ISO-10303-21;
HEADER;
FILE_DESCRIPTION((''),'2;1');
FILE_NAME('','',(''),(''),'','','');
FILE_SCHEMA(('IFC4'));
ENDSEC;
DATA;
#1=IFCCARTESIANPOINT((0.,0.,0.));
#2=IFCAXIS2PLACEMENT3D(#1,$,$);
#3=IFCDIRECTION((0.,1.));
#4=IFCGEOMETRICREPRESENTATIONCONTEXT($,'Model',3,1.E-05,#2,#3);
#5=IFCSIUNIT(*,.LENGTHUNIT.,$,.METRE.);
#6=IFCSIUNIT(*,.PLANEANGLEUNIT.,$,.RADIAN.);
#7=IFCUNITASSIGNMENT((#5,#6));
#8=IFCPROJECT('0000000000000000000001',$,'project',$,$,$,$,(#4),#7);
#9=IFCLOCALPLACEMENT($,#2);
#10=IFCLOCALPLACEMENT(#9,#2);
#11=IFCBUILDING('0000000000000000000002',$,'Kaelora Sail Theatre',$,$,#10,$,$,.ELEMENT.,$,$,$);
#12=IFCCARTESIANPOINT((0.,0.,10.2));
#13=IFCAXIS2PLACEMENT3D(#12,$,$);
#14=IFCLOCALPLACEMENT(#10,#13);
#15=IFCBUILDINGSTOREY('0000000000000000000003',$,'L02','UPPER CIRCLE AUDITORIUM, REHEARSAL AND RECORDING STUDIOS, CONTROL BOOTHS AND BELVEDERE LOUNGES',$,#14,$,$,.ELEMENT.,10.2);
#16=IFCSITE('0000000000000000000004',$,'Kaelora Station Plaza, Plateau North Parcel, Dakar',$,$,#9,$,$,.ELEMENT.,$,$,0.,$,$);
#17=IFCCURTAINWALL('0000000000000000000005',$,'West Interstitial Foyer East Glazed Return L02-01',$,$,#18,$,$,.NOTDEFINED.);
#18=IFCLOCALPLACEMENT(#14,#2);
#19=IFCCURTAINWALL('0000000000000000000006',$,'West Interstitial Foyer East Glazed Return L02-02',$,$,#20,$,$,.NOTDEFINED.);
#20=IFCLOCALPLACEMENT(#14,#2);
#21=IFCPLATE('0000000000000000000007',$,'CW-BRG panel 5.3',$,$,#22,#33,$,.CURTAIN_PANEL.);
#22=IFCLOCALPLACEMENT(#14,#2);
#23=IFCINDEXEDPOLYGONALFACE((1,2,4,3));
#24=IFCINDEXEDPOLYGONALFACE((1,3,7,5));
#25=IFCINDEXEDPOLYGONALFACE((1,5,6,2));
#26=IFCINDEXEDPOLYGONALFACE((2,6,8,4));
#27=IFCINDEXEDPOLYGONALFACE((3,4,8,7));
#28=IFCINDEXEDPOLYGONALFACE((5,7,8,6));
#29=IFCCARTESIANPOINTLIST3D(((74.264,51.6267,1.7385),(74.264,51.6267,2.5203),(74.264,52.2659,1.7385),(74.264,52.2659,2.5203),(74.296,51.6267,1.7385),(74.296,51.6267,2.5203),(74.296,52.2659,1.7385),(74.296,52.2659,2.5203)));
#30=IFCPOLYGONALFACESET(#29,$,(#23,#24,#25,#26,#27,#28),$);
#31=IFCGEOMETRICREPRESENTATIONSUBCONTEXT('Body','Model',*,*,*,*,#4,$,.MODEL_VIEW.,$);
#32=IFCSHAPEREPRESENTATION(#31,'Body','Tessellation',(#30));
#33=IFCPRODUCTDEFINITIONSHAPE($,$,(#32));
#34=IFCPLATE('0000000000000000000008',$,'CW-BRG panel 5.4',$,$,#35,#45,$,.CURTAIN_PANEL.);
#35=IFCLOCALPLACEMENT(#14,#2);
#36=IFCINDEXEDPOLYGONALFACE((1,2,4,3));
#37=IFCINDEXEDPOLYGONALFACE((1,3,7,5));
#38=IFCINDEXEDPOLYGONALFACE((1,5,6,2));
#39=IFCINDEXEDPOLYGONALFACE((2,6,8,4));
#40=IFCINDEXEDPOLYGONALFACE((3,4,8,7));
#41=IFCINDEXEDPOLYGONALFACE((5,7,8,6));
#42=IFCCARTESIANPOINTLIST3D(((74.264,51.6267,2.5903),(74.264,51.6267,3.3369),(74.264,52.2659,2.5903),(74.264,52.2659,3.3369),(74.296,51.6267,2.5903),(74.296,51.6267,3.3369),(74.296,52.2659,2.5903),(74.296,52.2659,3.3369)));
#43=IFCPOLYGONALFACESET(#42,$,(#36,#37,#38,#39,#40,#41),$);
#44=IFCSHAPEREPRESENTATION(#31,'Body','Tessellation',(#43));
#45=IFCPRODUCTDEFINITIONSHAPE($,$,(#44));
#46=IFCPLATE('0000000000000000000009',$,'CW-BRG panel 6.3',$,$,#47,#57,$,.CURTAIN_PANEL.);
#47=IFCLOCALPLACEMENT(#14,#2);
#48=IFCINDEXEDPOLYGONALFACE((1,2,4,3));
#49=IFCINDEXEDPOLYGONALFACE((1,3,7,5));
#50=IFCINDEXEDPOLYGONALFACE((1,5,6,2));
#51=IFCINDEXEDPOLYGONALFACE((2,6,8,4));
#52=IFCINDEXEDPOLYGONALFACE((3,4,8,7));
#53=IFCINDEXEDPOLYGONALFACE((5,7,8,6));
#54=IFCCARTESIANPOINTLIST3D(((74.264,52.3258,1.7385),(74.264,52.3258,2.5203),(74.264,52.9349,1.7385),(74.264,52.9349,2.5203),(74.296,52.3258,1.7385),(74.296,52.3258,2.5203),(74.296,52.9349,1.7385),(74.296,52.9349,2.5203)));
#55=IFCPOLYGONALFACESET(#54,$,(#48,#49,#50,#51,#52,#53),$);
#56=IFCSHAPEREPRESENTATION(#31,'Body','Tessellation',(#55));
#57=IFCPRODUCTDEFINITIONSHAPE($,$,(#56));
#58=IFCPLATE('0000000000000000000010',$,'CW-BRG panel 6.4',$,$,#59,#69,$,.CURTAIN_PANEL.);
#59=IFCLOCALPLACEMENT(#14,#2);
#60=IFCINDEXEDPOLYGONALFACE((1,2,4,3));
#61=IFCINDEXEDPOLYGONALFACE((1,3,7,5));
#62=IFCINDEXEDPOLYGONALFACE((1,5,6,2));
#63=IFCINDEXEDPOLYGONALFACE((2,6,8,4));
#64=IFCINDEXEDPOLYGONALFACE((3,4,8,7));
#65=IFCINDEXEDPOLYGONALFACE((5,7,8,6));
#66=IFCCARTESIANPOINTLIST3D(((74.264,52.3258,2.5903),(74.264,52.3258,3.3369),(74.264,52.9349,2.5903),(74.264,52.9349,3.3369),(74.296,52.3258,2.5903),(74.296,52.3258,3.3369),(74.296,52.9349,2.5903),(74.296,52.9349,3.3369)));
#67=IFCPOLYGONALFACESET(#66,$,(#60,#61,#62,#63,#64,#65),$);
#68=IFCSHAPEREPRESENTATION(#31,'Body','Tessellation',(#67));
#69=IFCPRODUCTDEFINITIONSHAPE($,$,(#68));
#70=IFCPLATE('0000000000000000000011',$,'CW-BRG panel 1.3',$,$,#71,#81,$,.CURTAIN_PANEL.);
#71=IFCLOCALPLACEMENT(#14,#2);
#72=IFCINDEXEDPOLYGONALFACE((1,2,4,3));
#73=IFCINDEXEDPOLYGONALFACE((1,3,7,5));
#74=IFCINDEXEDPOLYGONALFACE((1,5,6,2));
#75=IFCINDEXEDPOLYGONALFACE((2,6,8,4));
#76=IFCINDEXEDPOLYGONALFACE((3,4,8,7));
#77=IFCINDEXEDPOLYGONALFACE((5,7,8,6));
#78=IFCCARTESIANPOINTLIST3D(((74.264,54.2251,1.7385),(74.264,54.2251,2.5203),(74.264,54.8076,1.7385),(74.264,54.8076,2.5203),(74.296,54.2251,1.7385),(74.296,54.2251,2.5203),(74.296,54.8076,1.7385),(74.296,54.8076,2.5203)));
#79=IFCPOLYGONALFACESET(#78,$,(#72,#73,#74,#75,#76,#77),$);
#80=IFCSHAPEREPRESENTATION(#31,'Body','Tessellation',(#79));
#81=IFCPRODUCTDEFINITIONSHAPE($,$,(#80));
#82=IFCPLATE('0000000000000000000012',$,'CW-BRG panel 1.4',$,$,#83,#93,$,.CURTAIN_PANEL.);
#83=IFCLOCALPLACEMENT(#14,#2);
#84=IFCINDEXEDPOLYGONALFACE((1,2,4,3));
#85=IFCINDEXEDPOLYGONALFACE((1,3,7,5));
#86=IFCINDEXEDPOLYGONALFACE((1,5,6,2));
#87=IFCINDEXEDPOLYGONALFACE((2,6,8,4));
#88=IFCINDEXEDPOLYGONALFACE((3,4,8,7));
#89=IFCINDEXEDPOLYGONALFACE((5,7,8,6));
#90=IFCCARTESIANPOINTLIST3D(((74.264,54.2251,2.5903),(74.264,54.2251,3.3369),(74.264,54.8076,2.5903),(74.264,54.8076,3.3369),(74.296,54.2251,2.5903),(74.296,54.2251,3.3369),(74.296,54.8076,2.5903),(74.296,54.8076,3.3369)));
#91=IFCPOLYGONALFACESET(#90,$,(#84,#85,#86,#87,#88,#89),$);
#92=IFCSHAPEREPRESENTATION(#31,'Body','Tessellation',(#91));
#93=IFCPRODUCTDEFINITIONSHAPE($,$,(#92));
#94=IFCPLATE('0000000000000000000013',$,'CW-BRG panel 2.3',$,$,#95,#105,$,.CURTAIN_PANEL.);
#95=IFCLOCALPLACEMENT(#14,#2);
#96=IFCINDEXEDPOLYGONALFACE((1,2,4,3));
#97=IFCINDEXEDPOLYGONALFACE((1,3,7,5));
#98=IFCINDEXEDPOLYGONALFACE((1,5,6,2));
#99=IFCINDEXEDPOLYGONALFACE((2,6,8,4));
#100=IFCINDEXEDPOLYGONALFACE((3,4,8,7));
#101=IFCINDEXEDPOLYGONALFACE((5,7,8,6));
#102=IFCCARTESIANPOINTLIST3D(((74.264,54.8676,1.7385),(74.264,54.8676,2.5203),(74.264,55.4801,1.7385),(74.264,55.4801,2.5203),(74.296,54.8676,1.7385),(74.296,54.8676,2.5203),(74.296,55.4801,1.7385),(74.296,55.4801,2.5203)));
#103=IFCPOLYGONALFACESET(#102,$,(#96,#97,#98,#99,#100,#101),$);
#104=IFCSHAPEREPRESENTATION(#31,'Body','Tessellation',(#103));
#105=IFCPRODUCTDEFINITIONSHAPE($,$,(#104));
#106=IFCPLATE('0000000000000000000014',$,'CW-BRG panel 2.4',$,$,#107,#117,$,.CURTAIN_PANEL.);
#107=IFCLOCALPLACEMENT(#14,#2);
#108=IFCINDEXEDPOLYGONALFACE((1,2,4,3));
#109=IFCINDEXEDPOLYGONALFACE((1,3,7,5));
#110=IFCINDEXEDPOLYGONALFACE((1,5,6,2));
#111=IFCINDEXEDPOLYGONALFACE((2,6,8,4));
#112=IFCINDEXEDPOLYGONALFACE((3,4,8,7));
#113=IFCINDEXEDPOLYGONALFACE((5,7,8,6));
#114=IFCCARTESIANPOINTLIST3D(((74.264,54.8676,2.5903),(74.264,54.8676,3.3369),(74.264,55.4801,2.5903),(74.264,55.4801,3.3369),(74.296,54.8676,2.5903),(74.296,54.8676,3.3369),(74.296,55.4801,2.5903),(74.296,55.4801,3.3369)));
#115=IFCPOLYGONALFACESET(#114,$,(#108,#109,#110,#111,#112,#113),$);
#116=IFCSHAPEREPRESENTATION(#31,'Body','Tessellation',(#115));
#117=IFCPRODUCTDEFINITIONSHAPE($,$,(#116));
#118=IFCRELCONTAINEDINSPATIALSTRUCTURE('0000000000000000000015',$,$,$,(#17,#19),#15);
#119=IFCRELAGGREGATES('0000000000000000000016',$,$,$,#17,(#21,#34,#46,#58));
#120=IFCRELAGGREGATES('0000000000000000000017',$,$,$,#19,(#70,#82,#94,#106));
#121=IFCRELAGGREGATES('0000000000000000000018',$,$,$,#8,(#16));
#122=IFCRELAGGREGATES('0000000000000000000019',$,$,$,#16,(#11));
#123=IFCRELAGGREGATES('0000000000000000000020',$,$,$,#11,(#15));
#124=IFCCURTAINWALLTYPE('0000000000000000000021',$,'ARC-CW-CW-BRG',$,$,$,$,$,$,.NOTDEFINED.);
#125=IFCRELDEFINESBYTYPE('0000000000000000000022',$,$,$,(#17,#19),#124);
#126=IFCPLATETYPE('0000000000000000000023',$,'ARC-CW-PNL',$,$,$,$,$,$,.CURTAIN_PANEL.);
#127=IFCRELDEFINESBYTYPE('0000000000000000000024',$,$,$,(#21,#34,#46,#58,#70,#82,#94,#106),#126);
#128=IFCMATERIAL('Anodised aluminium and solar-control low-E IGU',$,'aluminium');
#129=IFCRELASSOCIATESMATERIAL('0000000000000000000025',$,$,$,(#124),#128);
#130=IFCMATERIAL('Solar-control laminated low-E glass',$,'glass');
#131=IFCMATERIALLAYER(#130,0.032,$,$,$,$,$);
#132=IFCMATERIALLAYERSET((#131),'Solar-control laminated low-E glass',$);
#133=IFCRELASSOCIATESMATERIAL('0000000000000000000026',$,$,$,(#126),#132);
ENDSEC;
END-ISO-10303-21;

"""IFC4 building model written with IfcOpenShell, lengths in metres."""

from ifc_helpers import new_model, si_unit, direction, frame, origin, origin_2d, place, context, subcontext, project, spatial, rectangle, extrude, material, layer, layer_set, type_object, element, aggregate, save


model = new_model("IFC4")

# Units and contexts
model_context = context("Model", 3, precision=1e-05, world=origin(), true_north=direction((0.0, 1.0)))
body_context = subcontext(model_context, "Body", "Model", "MODEL_VIEW")
ifc_project = project(units=[si_unit("LENGTHUNIT", "METRE"), si_unit("PLANEANGLEUNIT", "RADIAN")], contexts=[model_context])

# Site, building, storey
site_placement = place(None, origin())
site = spatial("IfcSite", under=ifc_project, at=site_placement, Name="Kaelora Station Plaza, Plateau North Parcel, Dakar", CompositionType="ELEMENT", RefElevation=0.0)
building_placement = place(site_placement, origin())
building = spatial("IfcBuilding", under=site, at=building_placement, Name="Kaelora Sail Theatre", CompositionType="ELEMENT")
storey_placement = place(building_placement, frame((0.0, 0.0, 10.2)))
storey = spatial("IfcBuildingStorey", under=building, at=storey_placement, Name="L02", Description="UPPER CIRCLE AUDITORIUM, REHEARSAL AND RECORDING STUDIOS, CONTROL BOOTHS AND BELVEDERE LOUNGES", CompositionType="ELEMENT", Elevation=10.2)

# Curtain walls
ifc_material_1 = material(Name="Anodised aluminium and solar-control low-E IGU", Category="aluminium")
curtain_wall_type = type_object("IfcCurtainWallType", Name="ARC-CW-CW-BRG", PredefinedType="NOTDEFINED", material=ifc_material_1)
curtain_wall_1_placement = place(storey_placement, origin())
curtain_wall_1 = element("IfcCurtainWall", 1, at=curtain_wall_1_placement, inside=storey, type_object=curtain_wall_type, Name="West Interstitial Foyer East Glazed Return L02-01", PredefinedType="NOTDEFINED")
curtain_wall_2_placement = place(storey_placement, origin())
curtain_wall_2 = element("IfcCurtainWall", 2, at=curtain_wall_2_placement, inside=storey, type_object=curtain_wall_type, Name="West Interstitial Foyer East Glazed Return L02-02", PredefinedType="NOTDEFINED")

# Plates
ifc_material_2 = material(Name="Solar-control laminated low-E glass", Category="glass")
ifc_layer = layer(ifc_material_2, 0.032)
ifc_layer_set = layer_set([ifc_layer], Name="Solar-control laminated low-E glass")
plate_type = type_object("IfcPlateType", Name="ARC-CW-PNL", PredefinedType="CURTAIN_PANEL", material=ifc_layer_set)
plate_1_placement = place(storey_placement, frame((74.28, 51.9463, 1.7385), z_axis=(0.0, 0.0, 1.0), x_axis=(0.0, 1.0, 0.0)))
plate_1 = element("IfcPlate", 3, at=plate_1_placement, type_object=plate_type, Name="CW-BRG panel 5.3", PredefinedType="CURTAIN_PANEL", context=body_context, shape_type="SweptSolid", body=[
    extrude(rectangle(XDim=0.6392, YDim=0.032, at=origin_2d()), origin(), (0.0, 0.0, 1.0), 0.7817),
])
plate_2_placement = place(storey_placement, frame((74.28, 51.9463, 2.5903), z_axis=(0.0, 0.0, 1.0), x_axis=(0.0, 1.0, 0.0)))
plate_2 = element("IfcPlate", 4, at=plate_2_placement, type_object=plate_type, Name="CW-BRG panel 5.4", PredefinedType="CURTAIN_PANEL", context=body_context, shape_type="SweptSolid", body=[
    extrude(rectangle(XDim=0.6392, YDim=0.032, at=origin_2d()), origin(), (0.0, 0.0, 1.0), 0.7466),
])
plate_3_placement = place(storey_placement, frame((74.28, 52.6304, 1.7385), z_axis=(0.0, 0.0, 1.0), x_axis=(0.0, 1.0, 0.0)))
plate_3 = element("IfcPlate", 5, at=plate_3_placement, type_object=plate_type, Name="CW-BRG panel 6.3", PredefinedType="CURTAIN_PANEL", context=body_context, shape_type="SweptSolid", body=[
    extrude(rectangle(XDim=0.6091, YDim=0.032, at=origin_2d()), origin(), (0.0, 0.0, 1.0), 0.7817),
])
plate_4_placement = place(storey_placement, frame((74.28, 52.6304, 2.5903), z_axis=(0.0, 0.0, 1.0), x_axis=(0.0, 1.0, 0.0)))
plate_4 = element("IfcPlate", 6, at=plate_4_placement, type_object=plate_type, Name="CW-BRG panel 6.4", PredefinedType="CURTAIN_PANEL", context=body_context, shape_type="SweptSolid", body=[
    extrude(rectangle(XDim=0.6091, YDim=0.032, at=origin_2d()), origin(), (0.0, 0.0, 1.0), 0.7466),
])
aggregate(curtain_wall_1, [plate_1, plate_2, plate_3, plate_4])
plate_5_placement = place(storey_placement, frame((74.28, 54.5164, 1.7385), z_axis=(0.0, 0.0, 1.0), x_axis=(0.0, 1.0, 0.0)))
plate_5 = element("IfcPlate", 7, at=plate_5_placement, type_object=plate_type, Name="CW-BRG panel 1.3", PredefinedType="CURTAIN_PANEL", context=body_context, shape_type="SweptSolid", body=[
    extrude(rectangle(XDim=0.5825, YDim=0.032, at=origin_2d()), origin(), (0.0, 0.0, 1.0), 0.7817),
])
plate_6_placement = place(storey_placement, frame((74.28, 54.5164, 2.5903), z_axis=(0.0, 0.0, 1.0), x_axis=(0.0, 1.0, 0.0)))
plate_6 = element("IfcPlate", 8, at=plate_6_placement, type_object=plate_type, Name="CW-BRG panel 1.4", PredefinedType="CURTAIN_PANEL", context=body_context, shape_type="SweptSolid", body=[
    extrude(rectangle(XDim=0.5825, YDim=0.032, at=origin_2d()), origin(), (0.0, 0.0, 1.0), 0.7466),
])
plate_7_placement = place(storey_placement, frame((74.28, 55.1738, 1.7385), z_axis=(0.0, 0.0, 1.0), x_axis=(0.0, 1.0, 0.0)))
plate_7 = element("IfcPlate", 9, at=plate_7_placement, type_object=plate_type, Name="CW-BRG panel 2.3", PredefinedType="CURTAIN_PANEL", context=body_context, shape_type="SweptSolid", body=[
    extrude(rectangle(XDim=0.6125, YDim=0.032, at=origin_2d()), origin(), (0.0, 0.0, 1.0), 0.7817),
])
plate_8_placement = place(storey_placement, frame((74.28, 55.1738, 2.5903), z_axis=(0.0, 0.0, 1.0), x_axis=(0.0, 1.0, 0.0)))
plate_8 = element("IfcPlate", 10, at=plate_8_placement, type_object=plate_type, Name="CW-BRG panel 2.4", PredefinedType="CURTAIN_PANEL", context=body_context, shape_type="SweptSolid", body=[
    extrude(rectangle(XDim=0.6125, YDim=0.032, at=origin_2d()), origin(), (0.0, 0.0, 1.0), 0.7466),
])
aggregate(curtain_wall_2, [plate_5, plate_6, plate_7, plate_8])

save(model, "model.ifc")
